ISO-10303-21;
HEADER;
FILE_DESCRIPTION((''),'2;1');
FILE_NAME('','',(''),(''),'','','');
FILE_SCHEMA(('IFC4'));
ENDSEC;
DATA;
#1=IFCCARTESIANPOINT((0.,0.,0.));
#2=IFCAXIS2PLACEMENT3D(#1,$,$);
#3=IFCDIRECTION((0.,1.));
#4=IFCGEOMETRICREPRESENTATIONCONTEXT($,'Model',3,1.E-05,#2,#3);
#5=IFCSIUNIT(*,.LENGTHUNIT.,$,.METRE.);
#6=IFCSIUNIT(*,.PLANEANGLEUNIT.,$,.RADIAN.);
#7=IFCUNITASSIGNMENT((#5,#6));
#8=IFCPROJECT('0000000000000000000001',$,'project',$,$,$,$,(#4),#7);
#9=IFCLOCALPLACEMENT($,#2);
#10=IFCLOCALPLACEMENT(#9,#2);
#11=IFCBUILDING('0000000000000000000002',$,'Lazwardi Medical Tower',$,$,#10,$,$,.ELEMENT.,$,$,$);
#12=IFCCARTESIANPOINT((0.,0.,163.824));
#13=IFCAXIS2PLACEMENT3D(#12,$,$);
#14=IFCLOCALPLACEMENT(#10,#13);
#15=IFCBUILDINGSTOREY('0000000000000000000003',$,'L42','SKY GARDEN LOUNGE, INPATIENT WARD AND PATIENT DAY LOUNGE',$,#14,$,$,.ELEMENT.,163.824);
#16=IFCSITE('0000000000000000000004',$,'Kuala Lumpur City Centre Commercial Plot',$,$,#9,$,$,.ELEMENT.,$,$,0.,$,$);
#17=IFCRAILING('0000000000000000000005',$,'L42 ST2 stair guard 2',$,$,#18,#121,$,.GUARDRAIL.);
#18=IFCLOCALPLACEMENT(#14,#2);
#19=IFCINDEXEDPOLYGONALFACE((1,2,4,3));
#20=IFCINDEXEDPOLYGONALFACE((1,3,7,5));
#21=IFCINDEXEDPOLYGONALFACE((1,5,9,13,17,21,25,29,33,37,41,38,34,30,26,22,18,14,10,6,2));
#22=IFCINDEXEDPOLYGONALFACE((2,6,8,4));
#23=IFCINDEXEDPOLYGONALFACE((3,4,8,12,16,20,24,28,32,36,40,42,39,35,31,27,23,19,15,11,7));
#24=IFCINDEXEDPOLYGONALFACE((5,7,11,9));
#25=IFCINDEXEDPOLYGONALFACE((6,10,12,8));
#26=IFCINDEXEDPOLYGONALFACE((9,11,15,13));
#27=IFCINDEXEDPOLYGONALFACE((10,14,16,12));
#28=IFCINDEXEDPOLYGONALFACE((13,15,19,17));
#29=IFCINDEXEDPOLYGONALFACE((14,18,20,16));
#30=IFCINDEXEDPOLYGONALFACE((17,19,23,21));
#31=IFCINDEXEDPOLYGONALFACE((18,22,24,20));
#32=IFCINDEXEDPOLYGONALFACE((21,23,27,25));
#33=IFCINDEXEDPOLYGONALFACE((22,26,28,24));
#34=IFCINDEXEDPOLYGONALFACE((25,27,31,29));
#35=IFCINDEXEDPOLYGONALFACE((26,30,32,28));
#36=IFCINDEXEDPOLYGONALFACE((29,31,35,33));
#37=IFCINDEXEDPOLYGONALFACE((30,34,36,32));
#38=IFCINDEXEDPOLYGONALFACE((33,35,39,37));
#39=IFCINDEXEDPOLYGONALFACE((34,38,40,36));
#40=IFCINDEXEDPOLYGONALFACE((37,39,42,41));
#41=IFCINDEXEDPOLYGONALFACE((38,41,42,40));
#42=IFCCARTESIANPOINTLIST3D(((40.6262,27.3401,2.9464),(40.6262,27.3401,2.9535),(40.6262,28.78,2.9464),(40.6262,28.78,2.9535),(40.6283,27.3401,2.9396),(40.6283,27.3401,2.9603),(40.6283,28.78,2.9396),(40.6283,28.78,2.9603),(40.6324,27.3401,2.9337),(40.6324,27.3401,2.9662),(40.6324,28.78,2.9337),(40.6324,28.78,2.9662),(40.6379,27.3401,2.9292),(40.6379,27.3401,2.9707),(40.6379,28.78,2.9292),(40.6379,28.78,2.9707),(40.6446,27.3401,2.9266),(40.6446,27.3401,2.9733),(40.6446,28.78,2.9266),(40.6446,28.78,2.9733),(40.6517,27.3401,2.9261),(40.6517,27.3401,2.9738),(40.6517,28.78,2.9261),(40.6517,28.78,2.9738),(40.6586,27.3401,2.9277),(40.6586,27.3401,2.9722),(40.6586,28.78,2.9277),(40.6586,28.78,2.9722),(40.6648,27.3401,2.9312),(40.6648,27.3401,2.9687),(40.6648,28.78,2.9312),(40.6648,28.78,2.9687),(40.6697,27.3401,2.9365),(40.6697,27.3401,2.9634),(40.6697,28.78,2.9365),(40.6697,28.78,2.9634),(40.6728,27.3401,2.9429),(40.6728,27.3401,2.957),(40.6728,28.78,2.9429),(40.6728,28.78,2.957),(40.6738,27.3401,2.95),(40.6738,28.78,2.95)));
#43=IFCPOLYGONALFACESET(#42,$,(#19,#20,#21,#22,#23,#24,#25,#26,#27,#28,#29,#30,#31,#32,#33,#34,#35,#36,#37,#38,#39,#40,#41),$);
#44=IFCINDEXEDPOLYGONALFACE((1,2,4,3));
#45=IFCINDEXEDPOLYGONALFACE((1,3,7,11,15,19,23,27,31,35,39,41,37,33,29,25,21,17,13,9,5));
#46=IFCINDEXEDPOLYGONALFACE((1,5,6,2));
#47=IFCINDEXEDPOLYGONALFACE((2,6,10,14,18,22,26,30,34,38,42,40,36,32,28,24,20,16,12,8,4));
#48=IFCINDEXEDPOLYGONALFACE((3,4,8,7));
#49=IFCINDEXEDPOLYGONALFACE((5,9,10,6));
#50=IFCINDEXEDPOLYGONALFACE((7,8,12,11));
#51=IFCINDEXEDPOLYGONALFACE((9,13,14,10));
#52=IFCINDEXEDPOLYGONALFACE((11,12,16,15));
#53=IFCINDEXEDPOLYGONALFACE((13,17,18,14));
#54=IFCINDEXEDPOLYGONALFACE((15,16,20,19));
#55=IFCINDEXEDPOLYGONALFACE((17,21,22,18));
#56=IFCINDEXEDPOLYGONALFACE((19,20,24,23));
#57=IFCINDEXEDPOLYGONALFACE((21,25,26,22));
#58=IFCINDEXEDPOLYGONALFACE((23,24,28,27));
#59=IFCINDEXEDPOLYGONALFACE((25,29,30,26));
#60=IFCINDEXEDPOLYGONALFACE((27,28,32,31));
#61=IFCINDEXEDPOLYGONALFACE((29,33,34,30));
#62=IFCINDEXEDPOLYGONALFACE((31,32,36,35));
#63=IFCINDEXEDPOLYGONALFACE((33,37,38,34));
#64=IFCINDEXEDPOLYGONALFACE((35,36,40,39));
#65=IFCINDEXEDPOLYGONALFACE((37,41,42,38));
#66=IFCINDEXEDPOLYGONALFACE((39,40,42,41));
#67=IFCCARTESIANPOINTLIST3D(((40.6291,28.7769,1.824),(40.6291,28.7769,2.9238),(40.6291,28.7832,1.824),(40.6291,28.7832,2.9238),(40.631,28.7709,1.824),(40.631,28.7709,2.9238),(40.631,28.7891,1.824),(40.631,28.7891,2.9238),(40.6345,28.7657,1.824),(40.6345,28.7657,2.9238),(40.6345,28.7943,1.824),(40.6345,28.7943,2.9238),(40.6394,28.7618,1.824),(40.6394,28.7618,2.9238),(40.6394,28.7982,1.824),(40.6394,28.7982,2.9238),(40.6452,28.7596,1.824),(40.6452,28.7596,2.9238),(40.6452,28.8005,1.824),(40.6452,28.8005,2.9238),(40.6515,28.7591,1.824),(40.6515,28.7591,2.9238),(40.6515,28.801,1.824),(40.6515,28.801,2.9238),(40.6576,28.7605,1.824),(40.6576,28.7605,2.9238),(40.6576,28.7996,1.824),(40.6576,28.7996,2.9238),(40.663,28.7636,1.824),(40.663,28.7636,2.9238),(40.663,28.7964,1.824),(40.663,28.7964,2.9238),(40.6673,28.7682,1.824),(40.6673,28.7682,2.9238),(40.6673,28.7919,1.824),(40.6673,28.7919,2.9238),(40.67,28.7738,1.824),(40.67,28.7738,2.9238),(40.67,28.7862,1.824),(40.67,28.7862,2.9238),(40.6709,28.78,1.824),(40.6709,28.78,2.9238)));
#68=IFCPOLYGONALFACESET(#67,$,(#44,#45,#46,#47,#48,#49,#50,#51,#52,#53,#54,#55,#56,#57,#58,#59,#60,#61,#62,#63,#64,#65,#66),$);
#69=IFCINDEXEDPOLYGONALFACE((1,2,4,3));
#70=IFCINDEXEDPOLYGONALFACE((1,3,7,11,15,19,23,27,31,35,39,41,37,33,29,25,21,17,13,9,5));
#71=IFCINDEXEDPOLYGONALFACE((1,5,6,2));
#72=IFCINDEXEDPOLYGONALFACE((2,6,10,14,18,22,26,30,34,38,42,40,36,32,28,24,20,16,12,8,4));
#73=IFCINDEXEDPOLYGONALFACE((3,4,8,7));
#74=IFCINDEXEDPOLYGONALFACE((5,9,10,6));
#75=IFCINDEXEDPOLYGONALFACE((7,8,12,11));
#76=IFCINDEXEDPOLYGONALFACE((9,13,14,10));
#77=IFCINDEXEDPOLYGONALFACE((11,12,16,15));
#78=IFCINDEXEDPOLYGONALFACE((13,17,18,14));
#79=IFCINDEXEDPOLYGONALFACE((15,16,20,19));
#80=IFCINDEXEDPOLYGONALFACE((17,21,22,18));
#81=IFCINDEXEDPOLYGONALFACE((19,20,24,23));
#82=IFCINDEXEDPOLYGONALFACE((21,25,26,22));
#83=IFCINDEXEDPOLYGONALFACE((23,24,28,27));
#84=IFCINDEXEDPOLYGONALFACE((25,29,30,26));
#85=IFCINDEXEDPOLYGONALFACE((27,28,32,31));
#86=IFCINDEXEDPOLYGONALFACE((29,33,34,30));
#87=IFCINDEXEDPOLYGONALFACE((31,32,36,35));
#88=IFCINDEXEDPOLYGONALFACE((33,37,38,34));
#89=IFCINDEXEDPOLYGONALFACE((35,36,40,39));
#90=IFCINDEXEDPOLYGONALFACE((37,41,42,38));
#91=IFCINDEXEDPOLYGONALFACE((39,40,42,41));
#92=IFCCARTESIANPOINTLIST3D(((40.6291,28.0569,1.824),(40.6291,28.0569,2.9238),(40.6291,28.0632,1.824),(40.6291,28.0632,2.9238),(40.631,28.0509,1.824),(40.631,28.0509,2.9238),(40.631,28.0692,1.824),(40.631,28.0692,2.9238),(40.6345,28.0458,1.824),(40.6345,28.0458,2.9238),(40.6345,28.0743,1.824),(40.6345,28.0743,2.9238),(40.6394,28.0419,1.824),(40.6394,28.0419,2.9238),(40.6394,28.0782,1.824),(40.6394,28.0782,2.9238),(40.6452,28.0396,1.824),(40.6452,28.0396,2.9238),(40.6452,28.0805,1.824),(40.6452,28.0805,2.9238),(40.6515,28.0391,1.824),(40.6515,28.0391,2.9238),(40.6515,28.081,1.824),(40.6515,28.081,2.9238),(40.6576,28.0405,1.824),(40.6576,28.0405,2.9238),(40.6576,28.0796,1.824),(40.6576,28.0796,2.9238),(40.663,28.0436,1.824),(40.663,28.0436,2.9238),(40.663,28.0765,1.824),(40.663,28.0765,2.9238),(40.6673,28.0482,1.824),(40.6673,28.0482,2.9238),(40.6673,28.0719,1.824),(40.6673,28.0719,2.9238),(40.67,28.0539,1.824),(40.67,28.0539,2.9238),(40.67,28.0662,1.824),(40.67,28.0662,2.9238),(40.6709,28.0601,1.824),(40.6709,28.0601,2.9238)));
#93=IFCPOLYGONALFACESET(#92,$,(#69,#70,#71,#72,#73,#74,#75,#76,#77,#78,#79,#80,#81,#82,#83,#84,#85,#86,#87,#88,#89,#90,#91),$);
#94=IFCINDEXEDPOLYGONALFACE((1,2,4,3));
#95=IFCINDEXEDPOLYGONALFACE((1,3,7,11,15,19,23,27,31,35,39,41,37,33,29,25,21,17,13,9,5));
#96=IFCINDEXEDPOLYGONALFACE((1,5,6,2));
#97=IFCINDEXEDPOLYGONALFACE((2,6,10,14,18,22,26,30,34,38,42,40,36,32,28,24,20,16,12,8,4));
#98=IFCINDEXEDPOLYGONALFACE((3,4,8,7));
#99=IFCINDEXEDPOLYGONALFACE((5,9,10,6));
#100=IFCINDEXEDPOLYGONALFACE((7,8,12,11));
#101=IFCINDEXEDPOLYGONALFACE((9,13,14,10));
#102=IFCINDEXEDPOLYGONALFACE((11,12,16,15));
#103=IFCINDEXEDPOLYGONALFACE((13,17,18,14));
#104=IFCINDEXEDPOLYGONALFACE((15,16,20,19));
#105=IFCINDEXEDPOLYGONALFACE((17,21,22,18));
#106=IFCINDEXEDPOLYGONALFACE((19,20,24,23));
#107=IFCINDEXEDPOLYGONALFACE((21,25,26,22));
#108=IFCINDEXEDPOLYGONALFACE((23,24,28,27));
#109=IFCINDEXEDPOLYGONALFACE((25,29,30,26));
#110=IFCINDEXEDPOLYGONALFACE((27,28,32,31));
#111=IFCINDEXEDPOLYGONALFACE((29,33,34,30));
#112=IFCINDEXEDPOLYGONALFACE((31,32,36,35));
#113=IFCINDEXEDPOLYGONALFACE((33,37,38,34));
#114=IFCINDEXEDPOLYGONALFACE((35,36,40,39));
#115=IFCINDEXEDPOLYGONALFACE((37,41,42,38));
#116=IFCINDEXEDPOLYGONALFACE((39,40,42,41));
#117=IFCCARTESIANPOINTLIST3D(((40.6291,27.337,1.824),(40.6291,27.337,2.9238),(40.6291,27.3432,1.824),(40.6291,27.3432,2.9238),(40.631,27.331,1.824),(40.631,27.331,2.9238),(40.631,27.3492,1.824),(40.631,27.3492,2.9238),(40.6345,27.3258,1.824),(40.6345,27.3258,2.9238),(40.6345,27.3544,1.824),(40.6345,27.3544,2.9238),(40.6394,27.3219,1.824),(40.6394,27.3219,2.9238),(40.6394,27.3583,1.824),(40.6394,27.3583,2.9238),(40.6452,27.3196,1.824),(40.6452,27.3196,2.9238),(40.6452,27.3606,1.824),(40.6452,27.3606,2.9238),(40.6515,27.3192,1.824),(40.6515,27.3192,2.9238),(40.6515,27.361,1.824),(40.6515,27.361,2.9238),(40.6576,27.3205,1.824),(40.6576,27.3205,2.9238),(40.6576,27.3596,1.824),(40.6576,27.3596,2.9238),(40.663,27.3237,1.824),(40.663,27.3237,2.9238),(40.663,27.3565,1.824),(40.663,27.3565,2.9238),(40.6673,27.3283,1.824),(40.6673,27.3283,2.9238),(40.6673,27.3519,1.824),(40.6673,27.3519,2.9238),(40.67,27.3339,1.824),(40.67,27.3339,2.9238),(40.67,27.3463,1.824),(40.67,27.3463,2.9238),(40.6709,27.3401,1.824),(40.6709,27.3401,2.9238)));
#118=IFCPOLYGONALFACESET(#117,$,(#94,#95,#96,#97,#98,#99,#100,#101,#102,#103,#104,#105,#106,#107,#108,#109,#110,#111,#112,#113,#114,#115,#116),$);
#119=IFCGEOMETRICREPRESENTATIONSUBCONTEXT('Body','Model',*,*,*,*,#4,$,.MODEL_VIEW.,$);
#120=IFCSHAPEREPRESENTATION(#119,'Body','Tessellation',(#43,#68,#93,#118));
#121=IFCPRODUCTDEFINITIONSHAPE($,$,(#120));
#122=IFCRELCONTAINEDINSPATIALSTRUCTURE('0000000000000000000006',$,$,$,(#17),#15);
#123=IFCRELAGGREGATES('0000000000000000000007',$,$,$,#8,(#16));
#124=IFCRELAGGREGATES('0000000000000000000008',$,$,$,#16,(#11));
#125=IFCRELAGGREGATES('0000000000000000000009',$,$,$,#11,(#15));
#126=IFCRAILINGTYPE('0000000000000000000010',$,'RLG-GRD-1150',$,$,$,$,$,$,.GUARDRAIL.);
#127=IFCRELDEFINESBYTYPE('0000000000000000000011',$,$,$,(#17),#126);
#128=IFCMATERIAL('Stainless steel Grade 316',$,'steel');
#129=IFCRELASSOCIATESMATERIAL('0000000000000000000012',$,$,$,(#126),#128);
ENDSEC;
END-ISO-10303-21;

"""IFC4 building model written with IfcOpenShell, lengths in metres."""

from ifc_helpers import new_model, si_unit, direction, frame, origin, origin_2d, place, context, subcontext, project, spatial, circle, extrude, material, type_object, element, save


model = new_model("IFC4")

# Units and contexts
model_context = context("Model", 3, precision=1e-05, world=origin(), true_north=direction((0.0, 1.0)))
body_context = subcontext(model_context, "Body", "Model", "MODEL_VIEW")
ifc_project = project(units=[si_unit("LENGTHUNIT", "METRE"), si_unit("PLANEANGLEUNIT", "RADIAN")], contexts=[model_context])

# Site, building, storey
site_placement = place(None, origin())
site = spatial("IfcSite", under=ifc_project, at=site_placement, Name="Kuala Lumpur City Centre Commercial Plot", CompositionType="ELEMENT", RefElevation=0.0)
building_placement = place(site_placement, origin())
building = spatial("IfcBuilding", under=site, at=building_placement, Name="Lazwardi Medical Tower", CompositionType="ELEMENT")
storey_placement = place(building_placement, frame((0.0, 0.0, 163.824)))
storey = spatial("IfcBuildingStorey", under=building, at=storey_placement, Name="L42", Description="SKY GARDEN LOUNGE, INPATIENT WARD AND PATIENT DAY LOUNGE", CompositionType="ELEMENT", Elevation=163.824)

# Railing
ifc_material_1 = material(Name="Stainless steel Grade 316", Category="steel")
railing_type_1 = type_object("IfcRailingType", Name="RLG-GRD-1150", PredefinedType="GUARDRAIL", material=ifc_material_1)
railing_1_placement = place(storey_placement, frame((40.6499, 28.78, 1.824)))
element("IfcRailing", 1, at=railing_1_placement, inside=storey, type_object=railing_type_1, Name="L42 ST2 stair guard 2", PredefinedType="GUARDRAIL", context=body_context, shape_type="SweptSolid", body=[
    extrude(circle(Radius=0.0239, at=origin_2d()), frame((0.0, 0.0, 1.126), z_axis=(0.0, -1.0, 0.0), x_axis=(1.0, 0.0, 0.0)), (0.0, 0.0, 1.0), 1.4399),
    extrude(circle(Radius=0.021, at=origin_2d()), origin(), (0.0, 0.0, 1.0), 1.0999),
    extrude(circle(Radius=0.021, at=origin_2d()), frame((0.0, -0.72, 0.0)), (0.0, 0.0, 1.0), 1.0999),
    extrude(circle(Radius=0.021, at=origin_2d()), frame((0.0, -1.4399, 0.0)), (0.0, 0.0, 1.0), 1.0999),
])

save(model, "model.ifc")
